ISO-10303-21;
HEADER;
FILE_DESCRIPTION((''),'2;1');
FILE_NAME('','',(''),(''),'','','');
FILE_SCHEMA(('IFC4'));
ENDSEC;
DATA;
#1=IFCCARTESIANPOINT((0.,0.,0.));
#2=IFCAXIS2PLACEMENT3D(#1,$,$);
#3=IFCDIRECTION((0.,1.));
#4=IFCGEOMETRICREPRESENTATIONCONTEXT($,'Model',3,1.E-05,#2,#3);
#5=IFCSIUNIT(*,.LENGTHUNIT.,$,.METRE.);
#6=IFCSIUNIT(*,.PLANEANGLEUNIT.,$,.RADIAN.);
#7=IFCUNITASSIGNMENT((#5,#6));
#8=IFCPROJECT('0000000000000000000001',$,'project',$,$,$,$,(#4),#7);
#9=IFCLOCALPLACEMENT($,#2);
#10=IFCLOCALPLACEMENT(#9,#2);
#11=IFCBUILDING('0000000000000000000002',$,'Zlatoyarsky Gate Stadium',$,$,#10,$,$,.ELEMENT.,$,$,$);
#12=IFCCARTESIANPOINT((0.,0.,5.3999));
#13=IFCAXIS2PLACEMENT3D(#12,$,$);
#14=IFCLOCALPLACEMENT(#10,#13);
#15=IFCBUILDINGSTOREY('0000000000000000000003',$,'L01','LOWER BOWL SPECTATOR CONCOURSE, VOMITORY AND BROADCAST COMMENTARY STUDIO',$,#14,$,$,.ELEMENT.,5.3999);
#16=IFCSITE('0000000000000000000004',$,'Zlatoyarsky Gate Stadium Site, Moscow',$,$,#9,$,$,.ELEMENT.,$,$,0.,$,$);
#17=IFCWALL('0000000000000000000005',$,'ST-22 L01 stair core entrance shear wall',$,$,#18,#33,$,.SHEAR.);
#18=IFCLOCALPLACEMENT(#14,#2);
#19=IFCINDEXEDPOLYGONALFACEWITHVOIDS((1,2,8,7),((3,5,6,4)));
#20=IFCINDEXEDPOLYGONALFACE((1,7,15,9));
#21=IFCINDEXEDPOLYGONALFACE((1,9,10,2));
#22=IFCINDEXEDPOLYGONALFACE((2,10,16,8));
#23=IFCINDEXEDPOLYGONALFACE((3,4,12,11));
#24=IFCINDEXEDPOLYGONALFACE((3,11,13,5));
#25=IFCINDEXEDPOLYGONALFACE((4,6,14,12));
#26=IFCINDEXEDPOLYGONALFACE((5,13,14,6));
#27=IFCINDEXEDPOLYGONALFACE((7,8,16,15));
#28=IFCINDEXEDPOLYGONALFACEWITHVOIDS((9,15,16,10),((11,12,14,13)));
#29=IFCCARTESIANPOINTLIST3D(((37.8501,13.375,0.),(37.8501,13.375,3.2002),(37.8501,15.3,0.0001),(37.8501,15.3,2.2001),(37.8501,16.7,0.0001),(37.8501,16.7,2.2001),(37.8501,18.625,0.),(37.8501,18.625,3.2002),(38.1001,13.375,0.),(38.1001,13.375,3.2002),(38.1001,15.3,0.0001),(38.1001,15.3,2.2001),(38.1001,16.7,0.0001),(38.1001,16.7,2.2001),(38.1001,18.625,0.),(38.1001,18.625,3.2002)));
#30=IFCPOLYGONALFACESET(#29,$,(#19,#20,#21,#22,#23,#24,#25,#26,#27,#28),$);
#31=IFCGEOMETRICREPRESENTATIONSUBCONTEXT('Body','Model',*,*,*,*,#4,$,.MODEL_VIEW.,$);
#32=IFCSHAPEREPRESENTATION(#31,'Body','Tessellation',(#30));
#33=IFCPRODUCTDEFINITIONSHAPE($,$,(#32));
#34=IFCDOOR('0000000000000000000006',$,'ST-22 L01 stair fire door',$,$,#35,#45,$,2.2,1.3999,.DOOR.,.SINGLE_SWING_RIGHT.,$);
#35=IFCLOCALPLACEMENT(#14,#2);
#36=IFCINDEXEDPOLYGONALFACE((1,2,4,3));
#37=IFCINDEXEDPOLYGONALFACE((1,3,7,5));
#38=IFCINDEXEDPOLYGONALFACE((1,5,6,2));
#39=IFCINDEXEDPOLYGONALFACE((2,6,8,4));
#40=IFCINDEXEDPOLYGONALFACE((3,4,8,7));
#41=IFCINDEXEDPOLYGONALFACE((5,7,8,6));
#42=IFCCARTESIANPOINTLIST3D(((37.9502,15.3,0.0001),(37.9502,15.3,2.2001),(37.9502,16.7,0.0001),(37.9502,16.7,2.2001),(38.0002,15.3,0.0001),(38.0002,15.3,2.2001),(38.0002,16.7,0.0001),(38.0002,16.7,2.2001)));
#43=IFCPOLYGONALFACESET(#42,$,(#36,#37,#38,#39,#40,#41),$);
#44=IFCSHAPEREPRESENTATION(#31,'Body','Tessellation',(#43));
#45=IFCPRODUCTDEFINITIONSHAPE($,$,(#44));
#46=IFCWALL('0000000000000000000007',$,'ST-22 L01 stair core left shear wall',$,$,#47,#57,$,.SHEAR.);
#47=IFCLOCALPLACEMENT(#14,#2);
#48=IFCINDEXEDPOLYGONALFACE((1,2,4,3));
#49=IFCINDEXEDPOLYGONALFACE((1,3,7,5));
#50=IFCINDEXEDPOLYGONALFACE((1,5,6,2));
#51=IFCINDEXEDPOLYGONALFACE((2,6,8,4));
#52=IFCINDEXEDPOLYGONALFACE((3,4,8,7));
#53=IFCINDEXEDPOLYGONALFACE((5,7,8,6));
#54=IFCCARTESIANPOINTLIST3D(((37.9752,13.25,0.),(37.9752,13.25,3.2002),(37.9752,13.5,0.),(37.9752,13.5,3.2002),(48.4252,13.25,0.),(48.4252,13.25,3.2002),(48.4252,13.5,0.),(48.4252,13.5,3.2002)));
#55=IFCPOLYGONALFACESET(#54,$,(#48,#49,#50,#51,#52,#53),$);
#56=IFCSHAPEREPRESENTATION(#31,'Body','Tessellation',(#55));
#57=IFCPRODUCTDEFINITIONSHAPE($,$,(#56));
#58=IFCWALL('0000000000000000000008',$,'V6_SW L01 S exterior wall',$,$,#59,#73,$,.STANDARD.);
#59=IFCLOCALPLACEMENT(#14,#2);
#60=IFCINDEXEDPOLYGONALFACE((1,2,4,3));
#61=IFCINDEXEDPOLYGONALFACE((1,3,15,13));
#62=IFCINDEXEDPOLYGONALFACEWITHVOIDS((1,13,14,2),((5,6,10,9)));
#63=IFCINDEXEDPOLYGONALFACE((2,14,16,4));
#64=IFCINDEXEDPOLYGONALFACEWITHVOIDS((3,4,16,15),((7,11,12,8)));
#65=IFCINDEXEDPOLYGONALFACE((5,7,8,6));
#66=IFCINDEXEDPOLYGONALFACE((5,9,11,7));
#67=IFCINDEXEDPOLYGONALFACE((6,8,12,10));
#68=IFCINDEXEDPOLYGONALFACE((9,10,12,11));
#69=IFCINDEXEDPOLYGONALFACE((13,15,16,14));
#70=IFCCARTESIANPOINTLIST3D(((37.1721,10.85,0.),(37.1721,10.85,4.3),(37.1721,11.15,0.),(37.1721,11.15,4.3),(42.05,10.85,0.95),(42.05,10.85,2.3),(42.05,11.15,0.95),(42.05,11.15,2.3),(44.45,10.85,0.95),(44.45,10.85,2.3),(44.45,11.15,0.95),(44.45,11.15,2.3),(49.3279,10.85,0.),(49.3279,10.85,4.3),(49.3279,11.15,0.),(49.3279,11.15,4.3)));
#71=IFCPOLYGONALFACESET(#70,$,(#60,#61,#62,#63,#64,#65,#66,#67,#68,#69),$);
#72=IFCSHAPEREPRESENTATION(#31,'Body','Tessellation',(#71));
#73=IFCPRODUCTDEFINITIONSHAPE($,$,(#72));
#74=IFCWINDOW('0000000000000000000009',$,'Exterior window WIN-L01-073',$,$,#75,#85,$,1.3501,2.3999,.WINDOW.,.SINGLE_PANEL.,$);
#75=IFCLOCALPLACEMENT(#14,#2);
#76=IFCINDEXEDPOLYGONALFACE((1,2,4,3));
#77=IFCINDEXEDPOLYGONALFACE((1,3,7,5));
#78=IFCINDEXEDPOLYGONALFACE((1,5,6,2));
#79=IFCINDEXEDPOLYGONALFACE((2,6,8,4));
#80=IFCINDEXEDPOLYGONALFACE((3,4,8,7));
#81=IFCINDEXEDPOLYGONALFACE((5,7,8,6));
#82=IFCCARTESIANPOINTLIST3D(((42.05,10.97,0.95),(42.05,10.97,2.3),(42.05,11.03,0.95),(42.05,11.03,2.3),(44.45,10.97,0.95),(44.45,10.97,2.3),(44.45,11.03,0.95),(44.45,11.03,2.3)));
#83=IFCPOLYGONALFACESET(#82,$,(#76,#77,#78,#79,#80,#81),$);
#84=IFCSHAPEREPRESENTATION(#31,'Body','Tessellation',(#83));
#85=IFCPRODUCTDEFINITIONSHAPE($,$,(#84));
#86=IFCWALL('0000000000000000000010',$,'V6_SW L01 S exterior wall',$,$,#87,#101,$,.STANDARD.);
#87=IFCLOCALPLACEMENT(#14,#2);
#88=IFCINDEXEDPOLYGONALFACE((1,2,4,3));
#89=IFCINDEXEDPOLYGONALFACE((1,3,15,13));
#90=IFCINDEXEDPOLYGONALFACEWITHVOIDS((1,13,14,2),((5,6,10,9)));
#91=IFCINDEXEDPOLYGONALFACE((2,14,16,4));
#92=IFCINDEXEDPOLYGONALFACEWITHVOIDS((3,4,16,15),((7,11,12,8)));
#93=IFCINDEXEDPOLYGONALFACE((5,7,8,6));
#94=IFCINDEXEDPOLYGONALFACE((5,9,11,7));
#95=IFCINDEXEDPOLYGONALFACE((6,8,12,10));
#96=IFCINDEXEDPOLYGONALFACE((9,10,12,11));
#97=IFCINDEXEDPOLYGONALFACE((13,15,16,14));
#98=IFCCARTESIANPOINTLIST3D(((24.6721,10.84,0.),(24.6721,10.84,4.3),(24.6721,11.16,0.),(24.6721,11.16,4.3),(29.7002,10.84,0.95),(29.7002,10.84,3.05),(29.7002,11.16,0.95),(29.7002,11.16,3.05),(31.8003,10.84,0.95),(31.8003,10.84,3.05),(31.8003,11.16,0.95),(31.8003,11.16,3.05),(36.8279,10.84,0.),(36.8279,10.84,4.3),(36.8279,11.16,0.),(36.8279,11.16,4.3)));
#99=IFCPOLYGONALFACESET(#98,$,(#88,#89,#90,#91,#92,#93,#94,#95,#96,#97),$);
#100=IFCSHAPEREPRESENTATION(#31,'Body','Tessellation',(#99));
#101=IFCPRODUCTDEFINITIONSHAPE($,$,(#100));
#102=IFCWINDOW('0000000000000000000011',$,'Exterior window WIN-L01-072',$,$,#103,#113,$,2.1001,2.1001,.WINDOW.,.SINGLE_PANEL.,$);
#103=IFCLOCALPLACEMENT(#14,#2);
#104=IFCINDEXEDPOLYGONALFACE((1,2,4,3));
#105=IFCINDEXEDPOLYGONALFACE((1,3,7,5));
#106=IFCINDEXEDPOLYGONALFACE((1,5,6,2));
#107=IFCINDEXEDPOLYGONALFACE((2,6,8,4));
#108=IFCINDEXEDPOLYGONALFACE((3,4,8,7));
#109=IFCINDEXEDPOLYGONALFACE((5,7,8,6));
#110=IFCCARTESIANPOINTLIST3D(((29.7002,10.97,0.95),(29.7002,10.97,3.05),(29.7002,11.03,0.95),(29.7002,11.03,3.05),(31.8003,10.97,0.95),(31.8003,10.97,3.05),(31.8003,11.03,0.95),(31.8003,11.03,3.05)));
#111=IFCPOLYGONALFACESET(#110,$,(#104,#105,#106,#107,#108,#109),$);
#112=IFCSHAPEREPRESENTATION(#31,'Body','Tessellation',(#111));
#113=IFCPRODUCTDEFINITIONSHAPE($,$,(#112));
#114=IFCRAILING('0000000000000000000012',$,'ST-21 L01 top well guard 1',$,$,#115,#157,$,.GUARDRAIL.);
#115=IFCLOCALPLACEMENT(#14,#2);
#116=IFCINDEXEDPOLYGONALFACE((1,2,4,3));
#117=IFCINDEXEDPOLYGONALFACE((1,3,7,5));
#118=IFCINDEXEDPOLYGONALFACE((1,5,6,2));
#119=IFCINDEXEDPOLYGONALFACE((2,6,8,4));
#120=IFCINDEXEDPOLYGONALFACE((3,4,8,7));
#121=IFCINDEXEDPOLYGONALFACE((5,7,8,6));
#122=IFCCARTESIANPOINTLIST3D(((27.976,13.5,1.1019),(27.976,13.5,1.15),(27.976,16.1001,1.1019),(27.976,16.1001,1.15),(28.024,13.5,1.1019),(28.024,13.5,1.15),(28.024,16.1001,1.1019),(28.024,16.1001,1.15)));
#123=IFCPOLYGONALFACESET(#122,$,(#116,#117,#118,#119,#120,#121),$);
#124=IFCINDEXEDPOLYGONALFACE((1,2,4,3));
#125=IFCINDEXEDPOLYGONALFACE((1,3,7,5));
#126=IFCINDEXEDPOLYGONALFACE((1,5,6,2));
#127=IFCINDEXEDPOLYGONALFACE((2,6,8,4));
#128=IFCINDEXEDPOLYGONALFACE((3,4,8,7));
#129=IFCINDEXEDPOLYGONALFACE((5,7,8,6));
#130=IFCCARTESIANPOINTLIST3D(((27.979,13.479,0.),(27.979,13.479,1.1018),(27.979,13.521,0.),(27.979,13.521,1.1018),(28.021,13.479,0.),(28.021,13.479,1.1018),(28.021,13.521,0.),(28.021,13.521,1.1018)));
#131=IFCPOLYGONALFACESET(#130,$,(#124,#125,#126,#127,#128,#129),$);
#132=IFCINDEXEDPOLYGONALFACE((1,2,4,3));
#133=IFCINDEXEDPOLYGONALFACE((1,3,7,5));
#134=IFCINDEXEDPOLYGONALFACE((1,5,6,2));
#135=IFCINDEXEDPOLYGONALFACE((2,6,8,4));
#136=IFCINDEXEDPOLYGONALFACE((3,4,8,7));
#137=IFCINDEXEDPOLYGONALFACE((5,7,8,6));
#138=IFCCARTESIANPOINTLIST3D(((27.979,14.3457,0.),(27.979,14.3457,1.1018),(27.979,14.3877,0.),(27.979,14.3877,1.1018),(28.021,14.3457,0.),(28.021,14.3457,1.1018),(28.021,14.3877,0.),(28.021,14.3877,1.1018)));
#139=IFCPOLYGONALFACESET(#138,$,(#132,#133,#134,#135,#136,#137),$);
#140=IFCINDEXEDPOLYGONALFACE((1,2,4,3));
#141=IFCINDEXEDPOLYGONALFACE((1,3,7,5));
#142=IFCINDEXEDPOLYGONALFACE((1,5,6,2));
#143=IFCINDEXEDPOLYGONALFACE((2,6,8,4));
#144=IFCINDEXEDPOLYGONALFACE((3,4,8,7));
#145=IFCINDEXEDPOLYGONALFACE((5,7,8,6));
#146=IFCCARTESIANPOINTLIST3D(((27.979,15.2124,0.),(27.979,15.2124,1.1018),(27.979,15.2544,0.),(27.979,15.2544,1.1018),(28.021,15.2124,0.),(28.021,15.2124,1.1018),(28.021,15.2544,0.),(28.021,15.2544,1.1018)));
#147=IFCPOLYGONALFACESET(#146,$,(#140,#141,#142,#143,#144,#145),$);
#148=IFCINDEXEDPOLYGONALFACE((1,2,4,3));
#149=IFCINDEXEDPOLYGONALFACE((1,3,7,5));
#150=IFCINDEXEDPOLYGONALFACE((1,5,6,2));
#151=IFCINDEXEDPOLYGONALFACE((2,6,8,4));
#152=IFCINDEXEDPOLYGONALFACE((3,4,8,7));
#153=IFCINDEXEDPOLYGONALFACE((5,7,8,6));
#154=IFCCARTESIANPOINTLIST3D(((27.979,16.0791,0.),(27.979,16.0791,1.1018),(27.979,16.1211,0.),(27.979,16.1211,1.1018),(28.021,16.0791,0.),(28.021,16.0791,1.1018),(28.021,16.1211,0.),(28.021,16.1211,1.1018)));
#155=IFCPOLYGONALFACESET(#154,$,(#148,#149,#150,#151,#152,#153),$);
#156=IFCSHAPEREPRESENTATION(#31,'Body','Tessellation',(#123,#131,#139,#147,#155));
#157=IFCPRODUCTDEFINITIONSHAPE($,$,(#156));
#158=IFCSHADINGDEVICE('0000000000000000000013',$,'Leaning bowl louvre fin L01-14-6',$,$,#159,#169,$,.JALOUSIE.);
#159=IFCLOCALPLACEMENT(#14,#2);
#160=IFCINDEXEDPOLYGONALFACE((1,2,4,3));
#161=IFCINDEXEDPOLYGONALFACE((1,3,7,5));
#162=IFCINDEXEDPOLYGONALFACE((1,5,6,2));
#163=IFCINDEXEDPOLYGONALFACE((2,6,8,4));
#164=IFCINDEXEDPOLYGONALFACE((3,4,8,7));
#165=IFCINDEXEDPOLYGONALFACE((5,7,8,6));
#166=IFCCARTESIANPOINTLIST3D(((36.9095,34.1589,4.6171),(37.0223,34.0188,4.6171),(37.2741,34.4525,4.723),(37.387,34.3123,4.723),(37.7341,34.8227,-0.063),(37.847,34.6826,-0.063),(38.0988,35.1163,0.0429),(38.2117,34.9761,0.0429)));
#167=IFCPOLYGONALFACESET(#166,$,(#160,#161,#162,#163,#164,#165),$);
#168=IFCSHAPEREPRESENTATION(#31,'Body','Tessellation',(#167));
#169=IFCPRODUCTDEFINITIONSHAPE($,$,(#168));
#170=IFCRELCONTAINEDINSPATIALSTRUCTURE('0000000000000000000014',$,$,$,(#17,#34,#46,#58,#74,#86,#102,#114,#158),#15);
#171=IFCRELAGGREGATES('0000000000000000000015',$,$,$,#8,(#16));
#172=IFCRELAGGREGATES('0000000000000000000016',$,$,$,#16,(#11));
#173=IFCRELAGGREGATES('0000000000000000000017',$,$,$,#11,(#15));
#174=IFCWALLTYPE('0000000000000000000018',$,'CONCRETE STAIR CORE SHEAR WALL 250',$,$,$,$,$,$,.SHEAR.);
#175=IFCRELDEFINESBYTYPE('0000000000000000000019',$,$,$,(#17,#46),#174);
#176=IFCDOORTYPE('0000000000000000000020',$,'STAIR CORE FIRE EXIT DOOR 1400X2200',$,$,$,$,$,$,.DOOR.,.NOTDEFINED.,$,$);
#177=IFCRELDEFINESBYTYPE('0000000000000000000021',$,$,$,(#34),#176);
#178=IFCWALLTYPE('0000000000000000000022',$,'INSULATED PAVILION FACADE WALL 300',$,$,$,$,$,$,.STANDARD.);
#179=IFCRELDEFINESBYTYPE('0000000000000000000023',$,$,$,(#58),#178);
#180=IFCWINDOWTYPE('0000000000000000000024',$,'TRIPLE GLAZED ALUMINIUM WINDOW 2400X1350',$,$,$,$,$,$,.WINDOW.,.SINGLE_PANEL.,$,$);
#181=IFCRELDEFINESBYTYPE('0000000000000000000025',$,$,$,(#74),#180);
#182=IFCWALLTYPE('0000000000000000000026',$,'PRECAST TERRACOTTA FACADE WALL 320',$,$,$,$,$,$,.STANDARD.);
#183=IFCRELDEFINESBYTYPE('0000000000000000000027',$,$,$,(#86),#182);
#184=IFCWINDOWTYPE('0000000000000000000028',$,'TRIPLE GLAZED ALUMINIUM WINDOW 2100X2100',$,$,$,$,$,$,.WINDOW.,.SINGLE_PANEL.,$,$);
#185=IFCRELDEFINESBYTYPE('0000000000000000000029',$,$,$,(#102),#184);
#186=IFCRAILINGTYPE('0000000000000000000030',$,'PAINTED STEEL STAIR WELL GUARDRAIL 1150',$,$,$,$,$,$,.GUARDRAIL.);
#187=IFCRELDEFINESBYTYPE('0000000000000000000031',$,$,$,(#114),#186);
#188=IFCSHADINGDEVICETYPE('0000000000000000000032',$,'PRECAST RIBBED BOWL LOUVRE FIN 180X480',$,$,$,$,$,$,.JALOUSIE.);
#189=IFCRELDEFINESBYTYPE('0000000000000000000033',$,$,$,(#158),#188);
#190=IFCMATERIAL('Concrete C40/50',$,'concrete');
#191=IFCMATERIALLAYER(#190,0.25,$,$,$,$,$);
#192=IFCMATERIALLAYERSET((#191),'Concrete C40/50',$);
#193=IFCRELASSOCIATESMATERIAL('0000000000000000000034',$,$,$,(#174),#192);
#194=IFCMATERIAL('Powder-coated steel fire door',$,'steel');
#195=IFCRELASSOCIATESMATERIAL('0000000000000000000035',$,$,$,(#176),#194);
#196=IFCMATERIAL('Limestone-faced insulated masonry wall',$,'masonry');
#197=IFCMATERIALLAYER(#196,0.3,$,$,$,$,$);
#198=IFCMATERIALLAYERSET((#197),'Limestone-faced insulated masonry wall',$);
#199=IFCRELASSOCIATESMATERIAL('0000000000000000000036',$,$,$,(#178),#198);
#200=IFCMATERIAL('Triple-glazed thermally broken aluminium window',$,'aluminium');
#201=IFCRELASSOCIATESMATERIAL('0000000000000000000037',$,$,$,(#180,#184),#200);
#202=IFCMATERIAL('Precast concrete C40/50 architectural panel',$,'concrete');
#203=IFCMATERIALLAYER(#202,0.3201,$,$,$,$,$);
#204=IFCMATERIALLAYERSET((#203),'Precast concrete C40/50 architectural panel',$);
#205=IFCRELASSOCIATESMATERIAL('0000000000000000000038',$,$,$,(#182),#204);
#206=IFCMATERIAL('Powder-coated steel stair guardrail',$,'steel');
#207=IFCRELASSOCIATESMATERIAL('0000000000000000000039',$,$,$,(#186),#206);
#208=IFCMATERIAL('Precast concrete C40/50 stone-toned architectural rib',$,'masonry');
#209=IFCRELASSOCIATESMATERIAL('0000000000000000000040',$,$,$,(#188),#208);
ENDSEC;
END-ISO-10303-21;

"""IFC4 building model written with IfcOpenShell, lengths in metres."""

from ifc_helpers import new_model, si_unit, direction, frame, frame_2d, origin, origin_2d, place, context, subcontext, project, spatial, rectangle, extrude, material, layer, layer_set, material_profile, profile_set, type_object, element, fill, save


model = new_model("IFC4")

# Units and contexts
model_context = context("Model", 3, precision=1e-05, world=origin(), true_north=direction((0.0, 1.0)))
body_context = subcontext(model_context, "Body", "Model", "MODEL_VIEW")
ifc_project = project(units=[si_unit("LENGTHUNIT", "METRE"), si_unit("PLANEANGLEUNIT", "RADIAN")], contexts=[model_context])

# Site, building, storey
site_placement = place(None, origin())
site = spatial("IfcSite", under=ifc_project, at=site_placement, Name="Zlatoyarsky Gate Stadium Site, Moscow", CompositionType="ELEMENT", RefElevation=0.0)
building_placement = place(site_placement, origin())
building = spatial("IfcBuilding", under=site, at=building_placement, Name="Zlatoyarsky Gate Stadium", CompositionType="ELEMENT")
storey_placement = place(building_placement, frame((0.0, 0.0, 5.3999)))
storey = spatial("IfcBuildingStorey", under=building, at=storey_placement, Name="L01", Description="LOWER BOWL SPECTATOR CONCOURSE, VOMITORY AND BROADCAST COMMENTARY STUDIO", CompositionType="ELEMENT", Elevation=5.3999)

# Shared definitions
ifc_material_1 = material(Name="Concrete C40/50", Category="concrete")
ifc_layer_1 = layer(ifc_material_1, 0.25)
ifc_layer_set_1 = layer_set([ifc_layer_1], Name="Concrete C40/50")
wall_type_1 = type_object("IfcWallType", Name="CONCRETE STAIR CORE SHEAR WALL 250", PredefinedType="SHEAR", material=ifc_layer_set_1)
ifc_material_2 = material(Name="Powder-coated steel fire door", Category="steel")
door_type = type_object("IfcDoorType", Name="STAIR CORE FIRE EXIT DOOR 1400X2200", OperationType="NOTDEFINED", PredefinedType="DOOR", material=ifc_material_2)

# Wall, opening, door
wall_1_placement = place(storey_placement, frame((37.9751, 18.625, 0.0), z_axis=(0.0, 0.0, 1.0), x_axis=(0.0, -1.0, 0.0)))
wall_1 = element("IfcWall", 1, at=wall_1_placement, inside=storey, type_object=wall_type_1, Name="ST-22 L01 stair core entrance shear wall", PredefinedType="SHEAR", context=body_context, shape_type="SweptSolid", body=[
    extrude(rectangle(XDim=5.25, YDim=0.25, at=frame_2d((2.625, 0.0))), origin(), (0.0, 0.0, 1.0), 3.2002),
])
opening_1_placement = place(wall_1_placement, frame((1.925, 0.0, 0.0)))
opening_1 = element("IfcOpeningElement", 2, at=opening_1_placement, cuts=wall_1, PredefinedType="OPENING", context=body_context, shape_type="SweptSolid", body=[
    extrude(rectangle(XDim=1.3999, YDim=2.2, at=frame_2d((0.7, 1.1001))), frame((0.0, 0.135, 0.0), z_axis=(0.0, -1.0, 0.0), x_axis=(1.0, 0.0, 0.0)), (0.0, 0.0, 1.0), 0.27),
])
door_1_placement = place(opening_1_placement, frame((1.3999, 0.0, 0.0), z_axis=(0.0, 0.0, 1.0), x_axis=(-1.0, 0.0, 0.0)))
door_1 = element("IfcDoor", 3, at=door_1_placement, inside=storey, type_object=door_type, Name="ST-22 L01 stair fire door", OperationType="SINGLE_SWING_RIGHT", OverallHeight=2.2, OverallWidth=1.3999, PredefinedType="DOOR", context=body_context, shape_type="SweptSolid", body=[
    extrude(rectangle(XDim=1.3999, YDim=2.2, at=frame_2d((0.7, 1.1001))), frame((0.0, 0.0249, 0.0), z_axis=(0.0, -1.0, 0.0), x_axis=(1.0, 0.0, 0.0)), (0.0, 0.0, 1.0), 0.05),
])
fill(opening_1, door_1)

# Wall
wall_2_placement = place(storey_placement, frame((37.9751, 13.375, 0.0), z_axis=(0.0, 0.0, 1.0), x_axis=(1.0, 0.0, 0.0)))
element("IfcWall", 4, at=wall_2_placement, inside=storey, type_object=wall_type_1, Name="ST-22 L01 stair core left shear wall", PredefinedType="SHEAR", context=body_context, shape_type="SweptSolid", body=[
    extrude(rectangle(XDim=10.45, YDim=0.25, at=frame_2d((5.2251, 0.0))), origin(), (0.0, 0.0, 1.0), 3.2002),
])

# Walls, openings, windows
ifc_material_3 = material(Name="Limestone-faced insulated masonry wall", Category="masonry")
ifc_layer_2 = layer(ifc_material_3, 0.3)
ifc_layer_set_2 = layer_set([ifc_layer_2], Name="Limestone-faced insulated masonry wall")
wall_type_2 = type_object("IfcWallType", Name="INSULATED PAVILION FACADE WALL 300", PredefinedType="STANDARD", material=ifc_layer_set_2)
wall_3_placement = place(storey_placement, frame((37.1721, 11.0, 0.0), z_axis=(0.0, 0.0, 1.0), x_axis=(1.0, 0.0, 0.0)))
wall_3 = element("IfcWall", 5, at=wall_3_placement, inside=storey, type_object=wall_type_2, Name="V6_SW L01 S exterior wall", PredefinedType="STANDARD", context=body_context, shape_type="SweptSolid", body=[
    extrude(rectangle(XDim=12.1558, YDim=0.3, at=frame_2d((6.0779, 0.0))), origin(), (0.0, 0.0, 1.0), 4.3),
])
opening_2_placement = place(wall_3_placement, frame((4.8779, 0.0, 0.95)))
opening_2 = element("IfcOpeningElement", 6, at=opening_2_placement, cuts=wall_3, PredefinedType="OPENING", context=body_context, shape_type="SweptSolid", body=[
    extrude(rectangle(XDim=2.3999, YDim=1.3501, at=frame_2d((1.2, 0.675))), frame((0.0, 0.1599, 0.0), z_axis=(0.0, -1.0, 0.0), x_axis=(1.0, 0.0, 0.0)), (0.0, 0.0, 1.0), 0.3201),
])
ifc_material_4 = material(Name="Triple-glazed thermally broken aluminium window", Category="aluminium")
window_type_1 = type_object("IfcWindowType", Name="TRIPLE GLAZED ALUMINIUM WINDOW 2400X1350", PartitioningType="SINGLE_PANEL", PredefinedType="WINDOW", material=ifc_material_4)
window_1_placement = place(opening_2_placement, origin())
window_1 = element("IfcWindow", 7, at=window_1_placement, inside=storey, type_object=window_type_1, Name="Exterior window WIN-L01-073", OverallHeight=1.3501, OverallWidth=2.3999, PartitioningType="SINGLE_PANEL", PredefinedType="WINDOW", context=body_context, shape_type="SweptSolid", body=[
    extrude(rectangle(XDim=2.3999, YDim=1.3501, at=frame_2d((1.2, 0.675))), frame((0.0, 0.03, 0.0), z_axis=(0.0, -1.0, 0.0), x_axis=(1.0, 0.0, 0.0)), (0.0, 0.0, 1.0), 0.0601),
])
fill(opening_2, window_1)
ifc_material_5 = material(Name="Precast concrete C40/50 architectural panel", Category="concrete")
ifc_layer_3 = layer(ifc_material_5, 0.3201)
ifc_layer_set_3 = layer_set([ifc_layer_3], Name="Precast concrete C40/50 architectural panel")
wall_type_3 = type_object("IfcWallType", Name="PRECAST TERRACOTTA FACADE WALL 320", PredefinedType="STANDARD", material=ifc_layer_set_3)
wall_4_placement = place(storey_placement, frame((24.6721, 11.0, 0.0), z_axis=(0.0, 0.0, 1.0), x_axis=(1.0, 0.0, 0.0)))
wall_4 = element("IfcWall", 8, at=wall_4_placement, inside=storey, type_object=wall_type_3, Name="V6_SW L01 S exterior wall", PredefinedType="STANDARD", context=body_context, shape_type="SweptSolid", body=[
    extrude(rectangle(XDim=12.1558, YDim=0.3201, at=frame_2d((6.0779, 0.0))), origin(), (0.0, 0.0, 1.0), 4.3),
])
opening_3_placement = place(wall_4_placement, frame((5.0281, 0.0, 0.95)))
opening_3 = element("IfcOpeningElement", 9, at=opening_3_placement, cuts=wall_4, PredefinedType="OPENING", context=body_context, shape_type="SweptSolid", body=[
    extrude(rectangle(XDim=2.1001, YDim=2.1001, at=frame_2d((1.05, 1.05))), frame((0.0, 0.1699, 0.0), z_axis=(0.0, -1.0, 0.0), x_axis=(1.0, 0.0, 0.0)), (0.0, 0.0, 1.0), 0.3401),
])
window_type_2 = type_object("IfcWindowType", Name="TRIPLE GLAZED ALUMINIUM WINDOW 2100X2100", PartitioningType="SINGLE_PANEL", PredefinedType="WINDOW", material=ifc_material_4)
window_2_placement = place(opening_3_placement, origin())
window_2 = element("IfcWindow", 10, at=window_2_placement, inside=storey, type_object=window_type_2, Name="Exterior window WIN-L01-072", OverallHeight=2.1001, OverallWidth=2.1001, PartitioningType="SINGLE_PANEL", PredefinedType="WINDOW", context=body_context, shape_type="SweptSolid", body=[
    extrude(rectangle(XDim=2.1001, YDim=2.1001, at=frame_2d((1.05, 1.05))), frame((0.0, 0.03, 0.0), z_axis=(0.0, -1.0, 0.0), x_axis=(1.0, 0.0, 0.0)), (0.0, 0.0, 1.0), 0.0601),
])
fill(opening_3, window_2)

# Railing
ifc_material_6 = material(Name="Powder-coated steel stair guardrail", Category="steel")
railing_type_1 = type_object("IfcRailingType", Name="PAINTED STEEL STAIR WELL GUARDRAIL 1150", PredefinedType="GUARDRAIL", material=ifc_material_6)
railing_1_placement = place(storey_placement, frame((28.0, 13.5, 0.0)))
element("IfcRailing", 11, at=railing_1_placement, inside=storey, type_object=railing_type_1, Name="ST-21 L01 top well guard 1", PredefinedType="GUARDRAIL", context=body_context, shape_type="SweptSolid", body=[
    extrude(rectangle(XDim=0.0481, YDim=0.0481, at=origin_2d()), frame((0.0, 0.0, 1.126), z_axis=(0.0, 1.0, 0.0), x_axis=(-1.0, 0.0, 0.0)), (0.0, 0.0, 1.0), 2.6001),
    extrude(rectangle(XDim=0.042, YDim=0.042, at=origin_2d()), origin(), (0.0, 0.0, 1.0), 1.1018),
    extrude(rectangle(XDim=0.042, YDim=0.042, at=origin_2d()), frame((0.0, 0.8667, 0.0)), (0.0, 0.0, 1.0), 1.1018),
    extrude(rectangle(XDim=0.042, YDim=0.042, at=origin_2d()), frame((0.0, 1.7334, 0.0)), (0.0, 0.0, 1.0), 1.1018),
    extrude(rectangle(XDim=0.042, YDim=0.042, at=origin_2d()), frame((0.0, 2.6001, 0.0)), (0.0, 0.0, 1.0), 1.1018),
])

# Shading device
ifc_material_7 = material(Name="Precast concrete C40/50 stone-toned architectural rib", Category="masonry")
ifc_material_profile_1 = material_profile(ifc_material_7, rectangle(XDim=0.1799, YDim=0.48, at=origin_2d()), Name="RIB 180X480")
ifc_profile_set_1 = profile_set([ifc_material_profile_1], Name="Precast concrete C40/50 stone-toned architectural rib")
shading_device_type = type_object("IfcShadingDeviceType", Name="PRECAST RIBBED BOWL LOUVRE FIN 180X480", PredefinedType="JALOUSIE", material=ifc_profile_set_1)
shading_device_placement = place(storey_placement, frame((37.9729, 34.8994, -0.01), z_axis=(-0.171871, -0.138341, 0.975358), x_axis=(0.627026, -0.778998, 0.0)))
element("IfcShadingDevice", 12, at=shading_device_placement, inside=storey, type_object=shading_device_type, Name="Leaning bowl louvre fin L01-14-6", PredefinedType="JALOUSIE", context=body_context, shape_type="SweptSolid", body=[
    extrude(rectangle(XDim=0.1799, YDim=0.48, at=origin_2d()), origin(), (0.0, 0.0, 1.0), 4.7983),
])

save(model, "model.ifc")
